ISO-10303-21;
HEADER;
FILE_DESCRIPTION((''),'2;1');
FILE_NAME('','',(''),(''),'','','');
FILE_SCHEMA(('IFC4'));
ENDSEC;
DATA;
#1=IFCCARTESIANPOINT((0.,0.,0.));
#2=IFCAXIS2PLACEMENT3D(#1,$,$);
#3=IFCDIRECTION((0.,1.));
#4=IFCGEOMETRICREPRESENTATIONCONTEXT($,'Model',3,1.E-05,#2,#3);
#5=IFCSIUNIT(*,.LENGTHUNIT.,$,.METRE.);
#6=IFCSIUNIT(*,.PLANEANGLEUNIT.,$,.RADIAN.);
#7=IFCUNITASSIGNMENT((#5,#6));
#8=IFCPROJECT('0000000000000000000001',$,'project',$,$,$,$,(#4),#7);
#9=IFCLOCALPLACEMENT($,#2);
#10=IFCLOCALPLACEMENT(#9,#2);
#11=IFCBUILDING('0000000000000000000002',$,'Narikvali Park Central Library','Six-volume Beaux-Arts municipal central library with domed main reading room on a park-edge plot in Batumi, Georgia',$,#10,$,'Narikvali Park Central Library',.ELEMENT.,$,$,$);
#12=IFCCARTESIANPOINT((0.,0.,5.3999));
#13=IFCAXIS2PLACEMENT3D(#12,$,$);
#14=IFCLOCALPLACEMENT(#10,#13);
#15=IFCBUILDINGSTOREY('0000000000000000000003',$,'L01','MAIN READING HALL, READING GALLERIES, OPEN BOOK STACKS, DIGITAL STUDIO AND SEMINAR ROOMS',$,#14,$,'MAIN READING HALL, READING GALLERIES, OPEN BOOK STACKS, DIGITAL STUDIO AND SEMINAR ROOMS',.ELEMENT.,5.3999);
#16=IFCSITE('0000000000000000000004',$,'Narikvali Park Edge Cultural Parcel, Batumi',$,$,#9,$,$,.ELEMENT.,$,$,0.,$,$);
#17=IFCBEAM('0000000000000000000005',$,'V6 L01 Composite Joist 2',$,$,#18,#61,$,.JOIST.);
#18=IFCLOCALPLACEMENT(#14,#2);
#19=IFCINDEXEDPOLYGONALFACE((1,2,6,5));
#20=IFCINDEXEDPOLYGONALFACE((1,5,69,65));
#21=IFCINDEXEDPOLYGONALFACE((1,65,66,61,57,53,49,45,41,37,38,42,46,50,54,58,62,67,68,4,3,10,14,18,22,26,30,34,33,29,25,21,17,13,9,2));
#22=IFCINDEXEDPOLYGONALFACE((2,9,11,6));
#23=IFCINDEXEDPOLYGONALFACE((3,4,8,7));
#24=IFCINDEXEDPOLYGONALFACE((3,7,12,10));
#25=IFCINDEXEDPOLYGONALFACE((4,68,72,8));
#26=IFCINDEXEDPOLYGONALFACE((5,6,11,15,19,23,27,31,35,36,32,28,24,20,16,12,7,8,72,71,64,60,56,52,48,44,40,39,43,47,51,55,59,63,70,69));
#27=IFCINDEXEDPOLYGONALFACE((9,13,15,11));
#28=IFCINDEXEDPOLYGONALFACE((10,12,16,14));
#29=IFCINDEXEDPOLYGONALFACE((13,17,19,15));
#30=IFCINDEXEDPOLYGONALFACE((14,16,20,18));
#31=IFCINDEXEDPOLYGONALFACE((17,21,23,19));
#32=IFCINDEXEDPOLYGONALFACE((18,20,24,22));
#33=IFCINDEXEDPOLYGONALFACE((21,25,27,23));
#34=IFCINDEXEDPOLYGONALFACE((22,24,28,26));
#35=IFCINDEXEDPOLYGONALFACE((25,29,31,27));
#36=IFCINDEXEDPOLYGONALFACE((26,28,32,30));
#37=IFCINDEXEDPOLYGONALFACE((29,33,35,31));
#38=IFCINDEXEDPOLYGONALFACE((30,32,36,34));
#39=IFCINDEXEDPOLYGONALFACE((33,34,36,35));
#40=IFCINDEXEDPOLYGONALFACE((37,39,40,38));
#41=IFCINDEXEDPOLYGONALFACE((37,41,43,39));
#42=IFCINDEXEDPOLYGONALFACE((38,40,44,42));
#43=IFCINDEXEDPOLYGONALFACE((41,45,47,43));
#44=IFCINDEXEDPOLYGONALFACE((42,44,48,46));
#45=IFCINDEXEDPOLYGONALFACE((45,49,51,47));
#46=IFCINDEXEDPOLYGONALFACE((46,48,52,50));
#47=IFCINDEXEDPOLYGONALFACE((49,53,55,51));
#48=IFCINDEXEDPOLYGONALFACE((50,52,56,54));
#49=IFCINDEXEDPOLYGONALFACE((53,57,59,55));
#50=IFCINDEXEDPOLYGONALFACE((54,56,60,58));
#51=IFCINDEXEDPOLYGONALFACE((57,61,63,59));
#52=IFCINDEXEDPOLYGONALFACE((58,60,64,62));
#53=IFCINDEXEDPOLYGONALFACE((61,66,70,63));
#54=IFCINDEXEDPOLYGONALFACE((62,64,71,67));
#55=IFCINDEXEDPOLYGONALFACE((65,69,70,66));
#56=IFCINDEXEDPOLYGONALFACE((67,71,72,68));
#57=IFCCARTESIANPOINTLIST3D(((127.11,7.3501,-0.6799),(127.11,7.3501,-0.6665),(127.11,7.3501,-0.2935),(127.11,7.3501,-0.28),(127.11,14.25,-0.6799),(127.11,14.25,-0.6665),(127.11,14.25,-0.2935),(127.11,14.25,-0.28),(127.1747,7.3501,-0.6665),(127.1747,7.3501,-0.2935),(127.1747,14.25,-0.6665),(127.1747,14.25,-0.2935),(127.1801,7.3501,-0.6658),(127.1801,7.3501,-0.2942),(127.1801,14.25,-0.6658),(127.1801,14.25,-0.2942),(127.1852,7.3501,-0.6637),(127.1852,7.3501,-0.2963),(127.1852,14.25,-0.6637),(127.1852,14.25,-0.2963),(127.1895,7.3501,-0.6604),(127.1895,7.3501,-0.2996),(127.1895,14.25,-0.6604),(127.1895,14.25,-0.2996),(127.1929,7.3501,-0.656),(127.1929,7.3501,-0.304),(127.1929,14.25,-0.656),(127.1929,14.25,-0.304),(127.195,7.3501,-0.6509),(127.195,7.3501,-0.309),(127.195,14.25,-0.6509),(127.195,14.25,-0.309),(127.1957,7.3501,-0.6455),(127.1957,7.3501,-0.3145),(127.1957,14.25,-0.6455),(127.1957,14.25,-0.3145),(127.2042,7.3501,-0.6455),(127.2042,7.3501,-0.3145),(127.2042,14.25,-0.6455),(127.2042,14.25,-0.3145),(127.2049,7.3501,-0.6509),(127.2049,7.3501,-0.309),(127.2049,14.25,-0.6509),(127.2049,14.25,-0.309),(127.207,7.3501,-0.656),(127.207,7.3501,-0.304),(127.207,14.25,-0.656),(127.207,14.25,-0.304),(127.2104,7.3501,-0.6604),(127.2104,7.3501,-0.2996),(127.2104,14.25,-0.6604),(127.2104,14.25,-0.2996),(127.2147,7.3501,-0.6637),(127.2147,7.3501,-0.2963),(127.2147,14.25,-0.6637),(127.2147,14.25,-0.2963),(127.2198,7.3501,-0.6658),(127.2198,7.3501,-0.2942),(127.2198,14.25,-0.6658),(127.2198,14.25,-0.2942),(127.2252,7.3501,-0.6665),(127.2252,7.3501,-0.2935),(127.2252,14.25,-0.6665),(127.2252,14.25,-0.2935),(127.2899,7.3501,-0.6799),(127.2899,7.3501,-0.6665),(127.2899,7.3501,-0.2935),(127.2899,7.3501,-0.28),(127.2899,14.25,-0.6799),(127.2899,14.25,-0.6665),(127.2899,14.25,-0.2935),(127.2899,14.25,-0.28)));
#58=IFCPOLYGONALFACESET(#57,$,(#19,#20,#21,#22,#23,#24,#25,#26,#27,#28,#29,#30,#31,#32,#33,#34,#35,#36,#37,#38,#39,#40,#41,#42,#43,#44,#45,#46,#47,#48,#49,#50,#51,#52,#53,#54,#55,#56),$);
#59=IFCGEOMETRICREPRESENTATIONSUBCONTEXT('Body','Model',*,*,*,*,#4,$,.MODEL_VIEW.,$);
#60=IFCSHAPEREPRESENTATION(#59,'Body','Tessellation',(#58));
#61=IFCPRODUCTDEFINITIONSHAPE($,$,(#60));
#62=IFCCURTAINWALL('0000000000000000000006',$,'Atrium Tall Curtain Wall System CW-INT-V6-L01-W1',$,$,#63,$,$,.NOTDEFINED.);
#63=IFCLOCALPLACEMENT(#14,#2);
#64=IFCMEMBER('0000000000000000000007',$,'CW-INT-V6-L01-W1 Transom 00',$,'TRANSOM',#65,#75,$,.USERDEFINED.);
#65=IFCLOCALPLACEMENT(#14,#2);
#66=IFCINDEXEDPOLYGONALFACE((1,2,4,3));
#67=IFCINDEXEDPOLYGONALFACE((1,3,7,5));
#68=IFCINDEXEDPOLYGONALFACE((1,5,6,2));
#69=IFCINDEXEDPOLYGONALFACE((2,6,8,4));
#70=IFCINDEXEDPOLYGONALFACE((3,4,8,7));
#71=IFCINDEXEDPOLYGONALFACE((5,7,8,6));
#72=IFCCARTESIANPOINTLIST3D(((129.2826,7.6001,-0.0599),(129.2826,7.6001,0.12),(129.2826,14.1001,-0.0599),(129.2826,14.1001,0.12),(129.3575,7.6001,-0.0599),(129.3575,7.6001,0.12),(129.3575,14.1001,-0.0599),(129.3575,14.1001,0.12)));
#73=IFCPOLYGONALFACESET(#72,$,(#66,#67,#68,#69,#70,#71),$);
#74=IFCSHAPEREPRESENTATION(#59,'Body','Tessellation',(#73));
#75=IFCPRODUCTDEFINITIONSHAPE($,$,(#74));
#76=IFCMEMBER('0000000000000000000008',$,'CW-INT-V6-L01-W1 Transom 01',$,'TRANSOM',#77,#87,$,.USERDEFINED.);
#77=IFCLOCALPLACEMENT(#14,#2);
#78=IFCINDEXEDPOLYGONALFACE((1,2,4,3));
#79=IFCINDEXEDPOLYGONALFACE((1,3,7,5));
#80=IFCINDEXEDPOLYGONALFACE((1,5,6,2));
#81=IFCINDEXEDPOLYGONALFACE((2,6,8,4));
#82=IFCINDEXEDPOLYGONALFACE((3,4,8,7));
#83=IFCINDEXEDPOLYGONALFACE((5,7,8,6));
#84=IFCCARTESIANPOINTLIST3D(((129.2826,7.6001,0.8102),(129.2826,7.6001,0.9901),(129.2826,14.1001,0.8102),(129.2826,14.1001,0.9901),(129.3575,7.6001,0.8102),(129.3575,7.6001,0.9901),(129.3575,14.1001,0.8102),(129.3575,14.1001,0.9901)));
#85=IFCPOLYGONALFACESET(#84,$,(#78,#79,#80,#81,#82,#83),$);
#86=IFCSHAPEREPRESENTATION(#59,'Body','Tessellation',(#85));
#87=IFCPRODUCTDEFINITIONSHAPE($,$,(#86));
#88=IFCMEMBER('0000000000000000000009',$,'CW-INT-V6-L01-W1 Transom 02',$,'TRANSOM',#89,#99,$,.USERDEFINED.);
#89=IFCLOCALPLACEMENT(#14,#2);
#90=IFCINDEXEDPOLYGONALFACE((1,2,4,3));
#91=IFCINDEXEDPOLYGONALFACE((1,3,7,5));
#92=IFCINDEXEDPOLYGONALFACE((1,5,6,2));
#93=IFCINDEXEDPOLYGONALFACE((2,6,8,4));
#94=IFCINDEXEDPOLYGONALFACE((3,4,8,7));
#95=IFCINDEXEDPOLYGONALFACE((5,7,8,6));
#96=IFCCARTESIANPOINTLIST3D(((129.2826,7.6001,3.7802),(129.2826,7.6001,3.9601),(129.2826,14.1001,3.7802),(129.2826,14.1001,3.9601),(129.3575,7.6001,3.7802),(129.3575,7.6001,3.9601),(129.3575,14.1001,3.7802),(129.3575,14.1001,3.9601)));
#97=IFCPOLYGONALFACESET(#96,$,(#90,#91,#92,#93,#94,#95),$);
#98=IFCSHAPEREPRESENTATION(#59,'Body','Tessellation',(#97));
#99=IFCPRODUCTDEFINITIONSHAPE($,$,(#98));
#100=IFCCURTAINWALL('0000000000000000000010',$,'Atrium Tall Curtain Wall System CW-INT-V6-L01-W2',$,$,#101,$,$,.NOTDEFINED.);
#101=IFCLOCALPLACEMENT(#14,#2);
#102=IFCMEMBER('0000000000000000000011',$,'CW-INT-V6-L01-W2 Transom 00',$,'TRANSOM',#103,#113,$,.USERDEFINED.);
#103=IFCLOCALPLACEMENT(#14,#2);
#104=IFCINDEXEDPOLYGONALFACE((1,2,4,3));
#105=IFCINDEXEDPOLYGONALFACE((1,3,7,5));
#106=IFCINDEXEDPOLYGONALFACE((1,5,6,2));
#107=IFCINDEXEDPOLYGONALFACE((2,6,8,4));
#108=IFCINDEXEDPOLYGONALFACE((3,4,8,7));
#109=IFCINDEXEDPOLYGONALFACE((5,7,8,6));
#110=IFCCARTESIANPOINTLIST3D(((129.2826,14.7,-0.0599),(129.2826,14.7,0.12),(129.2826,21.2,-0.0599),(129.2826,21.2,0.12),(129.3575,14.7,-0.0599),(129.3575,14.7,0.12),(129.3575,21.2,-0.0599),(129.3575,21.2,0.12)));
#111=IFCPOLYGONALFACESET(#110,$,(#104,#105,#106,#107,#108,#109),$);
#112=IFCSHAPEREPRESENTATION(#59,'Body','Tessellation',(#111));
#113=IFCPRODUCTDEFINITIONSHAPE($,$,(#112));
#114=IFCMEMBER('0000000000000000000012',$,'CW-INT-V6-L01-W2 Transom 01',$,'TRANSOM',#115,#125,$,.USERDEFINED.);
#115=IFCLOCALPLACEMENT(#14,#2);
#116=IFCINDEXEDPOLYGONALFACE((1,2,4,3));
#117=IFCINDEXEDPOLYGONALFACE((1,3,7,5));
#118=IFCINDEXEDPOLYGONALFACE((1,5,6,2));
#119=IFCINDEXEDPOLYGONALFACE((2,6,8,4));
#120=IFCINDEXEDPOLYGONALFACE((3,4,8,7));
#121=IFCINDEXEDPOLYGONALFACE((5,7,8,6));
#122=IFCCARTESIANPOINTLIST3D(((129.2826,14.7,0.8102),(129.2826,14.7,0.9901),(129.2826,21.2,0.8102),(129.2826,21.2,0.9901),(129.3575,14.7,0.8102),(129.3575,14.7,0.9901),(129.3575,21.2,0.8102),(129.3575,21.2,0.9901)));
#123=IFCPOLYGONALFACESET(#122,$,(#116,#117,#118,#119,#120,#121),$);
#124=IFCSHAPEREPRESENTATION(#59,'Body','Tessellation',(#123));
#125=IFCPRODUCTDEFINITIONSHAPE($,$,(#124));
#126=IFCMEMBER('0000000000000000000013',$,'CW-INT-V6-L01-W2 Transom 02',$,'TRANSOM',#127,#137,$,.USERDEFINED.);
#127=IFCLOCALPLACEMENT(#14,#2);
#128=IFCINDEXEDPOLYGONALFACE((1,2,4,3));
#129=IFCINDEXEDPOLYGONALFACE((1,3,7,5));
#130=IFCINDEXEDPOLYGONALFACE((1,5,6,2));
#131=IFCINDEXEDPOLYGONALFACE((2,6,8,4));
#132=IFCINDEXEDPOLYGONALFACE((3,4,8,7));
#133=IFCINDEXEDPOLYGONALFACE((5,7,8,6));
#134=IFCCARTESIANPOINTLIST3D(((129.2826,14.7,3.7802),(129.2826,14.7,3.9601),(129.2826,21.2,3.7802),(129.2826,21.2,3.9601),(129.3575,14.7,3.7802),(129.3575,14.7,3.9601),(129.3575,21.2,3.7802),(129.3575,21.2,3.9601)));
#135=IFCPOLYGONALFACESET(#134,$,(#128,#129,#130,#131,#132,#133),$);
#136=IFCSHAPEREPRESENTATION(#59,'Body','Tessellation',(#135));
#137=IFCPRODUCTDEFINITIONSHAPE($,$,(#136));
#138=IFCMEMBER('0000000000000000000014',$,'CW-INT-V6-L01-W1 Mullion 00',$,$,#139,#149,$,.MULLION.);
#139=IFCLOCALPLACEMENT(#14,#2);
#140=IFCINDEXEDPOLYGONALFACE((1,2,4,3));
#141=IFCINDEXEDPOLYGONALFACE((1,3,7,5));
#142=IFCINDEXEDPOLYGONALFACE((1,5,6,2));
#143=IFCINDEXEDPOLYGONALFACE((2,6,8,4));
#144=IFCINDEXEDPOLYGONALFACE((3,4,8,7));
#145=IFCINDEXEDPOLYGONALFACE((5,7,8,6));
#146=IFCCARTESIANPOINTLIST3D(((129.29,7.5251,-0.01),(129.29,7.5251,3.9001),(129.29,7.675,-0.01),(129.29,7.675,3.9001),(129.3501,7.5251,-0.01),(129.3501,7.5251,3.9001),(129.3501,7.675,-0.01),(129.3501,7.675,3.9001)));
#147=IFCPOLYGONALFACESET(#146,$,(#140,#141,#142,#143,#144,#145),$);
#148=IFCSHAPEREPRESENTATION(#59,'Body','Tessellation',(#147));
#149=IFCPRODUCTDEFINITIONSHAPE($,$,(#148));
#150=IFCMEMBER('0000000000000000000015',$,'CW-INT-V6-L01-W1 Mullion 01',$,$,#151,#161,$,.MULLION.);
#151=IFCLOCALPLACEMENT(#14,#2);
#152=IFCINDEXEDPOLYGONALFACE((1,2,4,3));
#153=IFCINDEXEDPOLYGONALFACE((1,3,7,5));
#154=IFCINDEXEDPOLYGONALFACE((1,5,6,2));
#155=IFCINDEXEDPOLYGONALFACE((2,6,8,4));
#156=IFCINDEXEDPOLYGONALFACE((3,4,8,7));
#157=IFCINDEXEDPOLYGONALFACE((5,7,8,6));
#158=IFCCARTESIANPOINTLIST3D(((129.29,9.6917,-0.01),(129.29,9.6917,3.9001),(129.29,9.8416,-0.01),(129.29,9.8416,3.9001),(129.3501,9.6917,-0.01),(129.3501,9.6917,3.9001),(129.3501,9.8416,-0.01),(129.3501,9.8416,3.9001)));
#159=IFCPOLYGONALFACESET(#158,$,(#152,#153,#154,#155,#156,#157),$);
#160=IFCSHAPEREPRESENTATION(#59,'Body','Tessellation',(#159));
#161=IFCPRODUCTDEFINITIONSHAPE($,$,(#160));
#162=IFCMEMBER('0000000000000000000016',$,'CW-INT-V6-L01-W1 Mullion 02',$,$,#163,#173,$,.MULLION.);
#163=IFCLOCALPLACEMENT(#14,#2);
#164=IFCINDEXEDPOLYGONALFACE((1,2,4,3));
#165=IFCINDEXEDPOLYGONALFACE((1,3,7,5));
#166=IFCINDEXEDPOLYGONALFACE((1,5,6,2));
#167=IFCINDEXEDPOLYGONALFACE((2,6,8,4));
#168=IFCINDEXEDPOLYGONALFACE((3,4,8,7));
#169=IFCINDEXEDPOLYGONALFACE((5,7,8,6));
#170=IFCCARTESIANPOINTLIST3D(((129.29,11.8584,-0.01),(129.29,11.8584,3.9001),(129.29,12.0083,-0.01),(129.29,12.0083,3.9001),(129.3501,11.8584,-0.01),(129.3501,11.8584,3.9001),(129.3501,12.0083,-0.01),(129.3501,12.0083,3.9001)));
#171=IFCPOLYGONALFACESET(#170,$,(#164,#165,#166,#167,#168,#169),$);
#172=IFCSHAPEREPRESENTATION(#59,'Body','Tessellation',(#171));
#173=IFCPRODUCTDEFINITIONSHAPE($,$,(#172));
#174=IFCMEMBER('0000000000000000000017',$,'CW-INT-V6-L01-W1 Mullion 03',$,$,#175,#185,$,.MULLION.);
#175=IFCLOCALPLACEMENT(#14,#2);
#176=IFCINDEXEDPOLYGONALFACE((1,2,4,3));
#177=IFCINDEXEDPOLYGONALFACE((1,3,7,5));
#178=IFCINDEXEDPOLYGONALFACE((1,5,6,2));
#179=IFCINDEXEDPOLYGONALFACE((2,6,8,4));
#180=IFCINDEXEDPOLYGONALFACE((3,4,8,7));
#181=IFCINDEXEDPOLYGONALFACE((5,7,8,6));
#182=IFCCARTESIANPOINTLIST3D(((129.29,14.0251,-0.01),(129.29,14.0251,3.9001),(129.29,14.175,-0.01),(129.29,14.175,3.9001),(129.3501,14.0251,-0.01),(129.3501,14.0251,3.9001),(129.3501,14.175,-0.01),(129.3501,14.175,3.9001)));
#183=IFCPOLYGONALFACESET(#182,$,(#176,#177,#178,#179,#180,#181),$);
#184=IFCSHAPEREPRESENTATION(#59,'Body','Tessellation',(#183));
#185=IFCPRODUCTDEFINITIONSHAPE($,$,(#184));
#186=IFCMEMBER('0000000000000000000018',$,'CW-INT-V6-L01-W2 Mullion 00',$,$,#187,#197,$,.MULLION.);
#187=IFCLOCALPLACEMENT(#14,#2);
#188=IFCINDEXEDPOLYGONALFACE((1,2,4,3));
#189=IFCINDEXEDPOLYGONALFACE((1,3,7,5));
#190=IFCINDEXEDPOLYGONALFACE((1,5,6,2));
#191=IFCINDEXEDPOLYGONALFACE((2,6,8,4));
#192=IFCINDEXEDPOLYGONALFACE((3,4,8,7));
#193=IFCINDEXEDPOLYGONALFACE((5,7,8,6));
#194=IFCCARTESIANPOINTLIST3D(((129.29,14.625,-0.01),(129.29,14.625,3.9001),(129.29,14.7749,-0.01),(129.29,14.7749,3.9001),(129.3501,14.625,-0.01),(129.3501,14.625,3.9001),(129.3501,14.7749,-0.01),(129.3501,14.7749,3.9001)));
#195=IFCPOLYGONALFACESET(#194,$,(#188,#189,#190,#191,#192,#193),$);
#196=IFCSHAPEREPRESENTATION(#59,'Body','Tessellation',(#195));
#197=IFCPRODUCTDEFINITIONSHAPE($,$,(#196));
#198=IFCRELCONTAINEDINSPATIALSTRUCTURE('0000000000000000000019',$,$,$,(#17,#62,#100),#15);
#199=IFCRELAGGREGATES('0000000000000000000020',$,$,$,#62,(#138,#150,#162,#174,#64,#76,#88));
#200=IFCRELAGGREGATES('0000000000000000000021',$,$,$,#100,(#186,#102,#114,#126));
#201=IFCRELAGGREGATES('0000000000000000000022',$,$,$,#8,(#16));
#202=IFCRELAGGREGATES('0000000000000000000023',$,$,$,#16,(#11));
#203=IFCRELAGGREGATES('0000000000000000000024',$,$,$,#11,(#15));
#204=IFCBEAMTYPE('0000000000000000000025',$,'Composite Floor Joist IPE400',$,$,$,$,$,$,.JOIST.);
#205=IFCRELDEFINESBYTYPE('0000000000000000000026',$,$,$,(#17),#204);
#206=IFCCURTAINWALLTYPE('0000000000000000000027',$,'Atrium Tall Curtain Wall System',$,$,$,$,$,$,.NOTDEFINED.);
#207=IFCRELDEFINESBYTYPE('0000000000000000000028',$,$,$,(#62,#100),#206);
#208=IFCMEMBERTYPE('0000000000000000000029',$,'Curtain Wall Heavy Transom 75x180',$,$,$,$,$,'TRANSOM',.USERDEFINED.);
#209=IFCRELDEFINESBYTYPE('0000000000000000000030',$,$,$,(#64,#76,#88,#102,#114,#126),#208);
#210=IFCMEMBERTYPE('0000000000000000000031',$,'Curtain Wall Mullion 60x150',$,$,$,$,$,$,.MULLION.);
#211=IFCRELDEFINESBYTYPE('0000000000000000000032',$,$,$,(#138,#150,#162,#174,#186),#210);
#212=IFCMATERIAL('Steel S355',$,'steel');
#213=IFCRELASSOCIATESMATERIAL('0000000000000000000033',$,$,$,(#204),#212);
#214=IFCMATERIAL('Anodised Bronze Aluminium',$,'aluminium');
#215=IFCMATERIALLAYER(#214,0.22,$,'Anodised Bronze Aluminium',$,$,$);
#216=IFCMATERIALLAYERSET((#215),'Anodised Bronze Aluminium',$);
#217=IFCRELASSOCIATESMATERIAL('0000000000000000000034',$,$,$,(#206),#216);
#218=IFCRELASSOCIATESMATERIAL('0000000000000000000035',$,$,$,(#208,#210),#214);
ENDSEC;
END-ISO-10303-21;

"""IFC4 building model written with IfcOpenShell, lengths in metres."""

from ifc_helpers import new_model, si_unit, direction, frame, origin, origin_2d, place, context, subcontext, project, spatial, rectangle, i_section, extrude, material, layer, layer_set, material_profile, profile_set, type_object, element, aggregate, save


model = new_model("IFC4")

# Units and contexts
model_context = context("Model", 3, precision=1e-05, world=origin(), true_north=direction((0.0, 1.0)))
body_context = subcontext(model_context, "Body", "Model", "MODEL_VIEW")
ifc_project = project(units=[si_unit("LENGTHUNIT", "METRE"), si_unit("PLANEANGLEUNIT", "RADIAN")], contexts=[model_context])

# Site, building, storey
site_placement = place(None, origin())
site = spatial("IfcSite", under=ifc_project, at=site_placement, Name="Narikvali Park Edge Cultural Parcel, Batumi", CompositionType="ELEMENT", RefElevation=0.0)
building_placement = place(site_placement, origin())
building = spatial("IfcBuilding", under=site, at=building_placement, Name="Narikvali Park Central Library", Description="Six-volume Beaux-Arts municipal central library with domed main reading room on a park-edge plot in Batumi, Georgia", LongName="Narikvali Park Central Library", CompositionType="ELEMENT")
storey_placement = place(building_placement, frame((0.0, 0.0, 5.3999)))
storey = spatial("IfcBuildingStorey", under=building, at=storey_placement, Name="L01", Description="MAIN READING HALL, READING GALLERIES, OPEN BOOK STACKS, DIGITAL STUDIO AND SEMINAR ROOMS", LongName="MAIN READING HALL, READING GALLERIES, OPEN BOOK STACKS, DIGITAL STUDIO AND SEMINAR ROOMS", CompositionType="ELEMENT", Elevation=5.3999)

# Beam
ifc_material_1 = material(Name="Steel S355", Category="steel")
ifc_material_profile_1 = material_profile(ifc_material_1, i_section(OverallWidth=0.1799, OverallDepth=0.3999, WebThickness=0.0085, FlangeThickness=0.0134, FilletRadius=0.021, at=origin_2d()), Name="IPE 400")
ifc_profile_set_1 = profile_set([ifc_material_profile_1], Name="Steel S355")
beam_type = type_object("IfcBeamType", Name="Composite Floor Joist IPE400", PredefinedType="JOIST", material=ifc_profile_set_1)
beam_placement = place(storey_placement, frame((127.2, 7.3501, -0.48), z_axis=(0.0, 1.0, 0.0), x_axis=(-1.0, 0.0, 0.0)))
element("IfcBeam", 1, at=beam_placement, inside=storey, type_object=beam_type, Name="V6 L01 Composite Joist 2", PredefinedType="JOIST", context=body_context, shape_type="SweptSolid", body=[
    extrude(i_section(OverallWidth=0.1799, OverallDepth=0.3999, WebThickness=0.0085, FlangeThickness=0.0134, FilletRadius=0.021, at=origin_2d()), origin(), (0.0, 0.0, 1.0), 6.8999),
])

# Curtain walls, members
ifc_material_2 = material(Name="Anodised Bronze Aluminium", Category="aluminium")
ifc_layer_1 = layer(ifc_material_2, 0.22, Name="Anodised Bronze Aluminium")
ifc_layer_set_1 = layer_set([ifc_layer_1], Name="Anodised Bronze Aluminium")
curtain_wall_type = type_object("IfcCurtainWallType", Name="Atrium Tall Curtain Wall System", PredefinedType="NOTDEFINED", material=ifc_layer_set_1)
curtain_wall_1_placement = place(storey_placement, origin())
curtain_wall_1 = element("IfcCurtainWall", 2, at=curtain_wall_1_placement, inside=storey, type_object=curtain_wall_type, Name="Atrium Tall Curtain Wall System CW-INT-V6-L01-W1", PredefinedType="NOTDEFINED")
ifc_material_profile_2 = material_profile(ifc_material_2, rectangle(XDim=0.075, YDim=0.1799, at=origin_2d()), Name="CW TRANSOM 75x180")
ifc_profile_set_2 = profile_set([ifc_material_profile_2], Name="Anodised Bronze Aluminium")
member_type_1 = type_object("IfcMemberType", Name="Curtain Wall Heavy Transom 75x180", ElementType="TRANSOM", PredefinedType="USERDEFINED", material=ifc_profile_set_2)
member_1_placement = place(storey_placement, frame((129.3201, 7.6001, 0.03), z_axis=(0.0, 1.0, 0.0), x_axis=(-1.0, 0.0, 0.0)))
member_1 = element("IfcMember", 3, at=member_1_placement, type_object=member_type_1, Name="CW-INT-V6-L01-W1 Transom 00", ObjectType="TRANSOM", PredefinedType="USERDEFINED", context=body_context, shape_type="SweptSolid", body=[
    extrude(rectangle(XDim=0.075, YDim=0.1799, at=origin_2d()), origin(), (0.0, 0.0, 1.0), 6.5),
])
member_2_placement = place(storey_placement, frame((129.3201, 7.6001, 0.9001), z_axis=(0.0, 1.0, 0.0), x_axis=(-1.0, 0.0, 0.0)))
member_2 = element("IfcMember", 4, at=member_2_placement, type_object=member_type_1, Name="CW-INT-V6-L01-W1 Transom 01", ObjectType="TRANSOM", PredefinedType="USERDEFINED", context=body_context, shape_type="SweptSolid", body=[
    extrude(rectangle(XDim=0.075, YDim=0.1799, at=origin_2d()), origin(), (0.0, 0.0, 1.0), 6.5),
])
member_3_placement = place(storey_placement, frame((129.3201, 7.6001, 3.8701), z_axis=(0.0, 1.0, 0.0), x_axis=(-1.0, 0.0, 0.0)))
member_3 = element("IfcMember", 5, at=member_3_placement, type_object=member_type_1, Name="CW-INT-V6-L01-W1 Transom 02", ObjectType="TRANSOM", PredefinedType="USERDEFINED", context=body_context, shape_type="SweptSolid", body=[
    extrude(rectangle(XDim=0.075, YDim=0.1799, at=origin_2d()), origin(), (0.0, 0.0, 1.0), 6.5),
])
curtain_wall_2_placement = place(storey_placement, origin())
curtain_wall_2 = element("IfcCurtainWall", 6, at=curtain_wall_2_placement, inside=storey, type_object=curtain_wall_type, Name="Atrium Tall Curtain Wall System CW-INT-V6-L01-W2", PredefinedType="NOTDEFINED")
member_4_placement = place(storey_placement, frame((129.3201, 14.7, 0.03), z_axis=(0.0, 1.0, 0.0), x_axis=(-1.0, 0.0, 0.0)))
member_4 = element("IfcMember", 7, at=member_4_placement, type_object=member_type_1, Name="CW-INT-V6-L01-W2 Transom 00", ObjectType="TRANSOM", PredefinedType="USERDEFINED", context=body_context, shape_type="SweptSolid", body=[
    extrude(rectangle(XDim=0.075, YDim=0.1799, at=origin_2d()), origin(), (0.0, 0.0, 1.0), 6.5),
])
member_5_placement = place(storey_placement, frame((129.3201, 14.7, 0.9001), z_axis=(0.0, 1.0, 0.0), x_axis=(-1.0, 0.0, 0.0)))
member_5 = element("IfcMember", 8, at=member_5_placement, type_object=member_type_1, Name="CW-INT-V6-L01-W2 Transom 01", ObjectType="TRANSOM", PredefinedType="USERDEFINED", context=body_context, shape_type="SweptSolid", body=[
    extrude(rectangle(XDim=0.075, YDim=0.1799, at=origin_2d()), origin(), (0.0, 0.0, 1.0), 6.5),
])
member_6_placement = place(storey_placement, frame((129.3201, 14.7, 3.8701), z_axis=(0.0, 1.0, 0.0), x_axis=(-1.0, 0.0, 0.0)))
member_6 = element("IfcMember", 9, at=member_6_placement, type_object=member_type_1, Name="CW-INT-V6-L01-W2 Transom 02", ObjectType="TRANSOM", PredefinedType="USERDEFINED", context=body_context, shape_type="SweptSolid", body=[
    extrude(rectangle(XDim=0.075, YDim=0.1799, at=origin_2d()), origin(), (0.0, 0.0, 1.0), 6.5),
])

# Members
ifc_material_profile_3 = material_profile(ifc_material_2, rectangle(XDim=0.0601, YDim=0.1499, at=origin_2d()), Name="CW MULLION 60x150")
ifc_profile_set_3 = profile_set([ifc_material_profile_3], Name="Anodised Bronze Aluminium")
member_type_2 = type_object("IfcMemberType", Name="Curtain Wall Mullion 60x150", PredefinedType="MULLION", material=ifc_profile_set_3)
member_7_placement = place(storey_placement, frame((129.3201, 7.6001, -0.01), z_axis=(0.0, 0.0, 1.0), x_axis=(1.0, 0.0, 0.0)))
member_7 = element("IfcMember", 10, at=member_7_placement, type_object=member_type_2, Name="CW-INT-V6-L01-W1 Mullion 00", PredefinedType="MULLION", context=body_context, shape_type="SweptSolid", body=[
    extrude(rectangle(XDim=0.0601, YDim=0.1499, at=origin_2d()), origin(), (0.0, 0.0, 1.0), 3.9102),
])
member_8_placement = place(storey_placement, frame((129.3201, 9.7666, -0.01), z_axis=(0.0, 0.0, 1.0), x_axis=(1.0, 0.0, 0.0)))
member_8 = element("IfcMember", 11, at=member_8_placement, type_object=member_type_2, Name="CW-INT-V6-L01-W1 Mullion 01", PredefinedType="MULLION", context=body_context, shape_type="SweptSolid", body=[
    extrude(rectangle(XDim=0.0601, YDim=0.1499, at=origin_2d()), origin(), (0.0, 0.0, 1.0), 3.9102),
])
member_9_placement = place(storey_placement, frame((129.3201, 11.9333, -0.01), z_axis=(0.0, 0.0, 1.0), x_axis=(1.0, 0.0, 0.0)))
member_9 = element("IfcMember", 12, at=member_9_placement, type_object=member_type_2, Name="CW-INT-V6-L01-W1 Mullion 02", PredefinedType="MULLION", context=body_context, shape_type="SweptSolid", body=[
    extrude(rectangle(XDim=0.0601, YDim=0.1499, at=origin_2d()), origin(), (0.0, 0.0, 1.0), 3.9102),
])
member_10_placement = place(storey_placement, frame((129.3201, 14.1001, -0.01), z_axis=(0.0, 0.0, 1.0), x_axis=(1.0, 0.0, 0.0)))
member_10 = element("IfcMember", 13, at=member_10_placement, type_object=member_type_2, Name="CW-INT-V6-L01-W1 Mullion 03", PredefinedType="MULLION", context=body_context, shape_type="SweptSolid", body=[
    extrude(rectangle(XDim=0.0601, YDim=0.1499, at=origin_2d()), origin(), (0.0, 0.0, 1.0), 3.9102),
])
member_11_placement = place(storey_placement, frame((129.3201, 14.7, -0.01), z_axis=(0.0, 0.0, 1.0), x_axis=(1.0, 0.0, 0.0)))
member_11 = element("IfcMember", 14, at=member_11_placement, type_object=member_type_2, Name="CW-INT-V6-L01-W2 Mullion 00", PredefinedType="MULLION", context=body_context, shape_type="SweptSolid", body=[
    extrude(rectangle(XDim=0.0601, YDim=0.1499, at=origin_2d()), origin(), (0.0, 0.0, 1.0), 3.9102),
])

aggregate(curtain_wall_1, [member_7, member_8, member_9, member_10, member_1, member_2, member_3])
aggregate(curtain_wall_2, [member_11, member_4, member_5, member_6])

save(model, "model.ifc")
